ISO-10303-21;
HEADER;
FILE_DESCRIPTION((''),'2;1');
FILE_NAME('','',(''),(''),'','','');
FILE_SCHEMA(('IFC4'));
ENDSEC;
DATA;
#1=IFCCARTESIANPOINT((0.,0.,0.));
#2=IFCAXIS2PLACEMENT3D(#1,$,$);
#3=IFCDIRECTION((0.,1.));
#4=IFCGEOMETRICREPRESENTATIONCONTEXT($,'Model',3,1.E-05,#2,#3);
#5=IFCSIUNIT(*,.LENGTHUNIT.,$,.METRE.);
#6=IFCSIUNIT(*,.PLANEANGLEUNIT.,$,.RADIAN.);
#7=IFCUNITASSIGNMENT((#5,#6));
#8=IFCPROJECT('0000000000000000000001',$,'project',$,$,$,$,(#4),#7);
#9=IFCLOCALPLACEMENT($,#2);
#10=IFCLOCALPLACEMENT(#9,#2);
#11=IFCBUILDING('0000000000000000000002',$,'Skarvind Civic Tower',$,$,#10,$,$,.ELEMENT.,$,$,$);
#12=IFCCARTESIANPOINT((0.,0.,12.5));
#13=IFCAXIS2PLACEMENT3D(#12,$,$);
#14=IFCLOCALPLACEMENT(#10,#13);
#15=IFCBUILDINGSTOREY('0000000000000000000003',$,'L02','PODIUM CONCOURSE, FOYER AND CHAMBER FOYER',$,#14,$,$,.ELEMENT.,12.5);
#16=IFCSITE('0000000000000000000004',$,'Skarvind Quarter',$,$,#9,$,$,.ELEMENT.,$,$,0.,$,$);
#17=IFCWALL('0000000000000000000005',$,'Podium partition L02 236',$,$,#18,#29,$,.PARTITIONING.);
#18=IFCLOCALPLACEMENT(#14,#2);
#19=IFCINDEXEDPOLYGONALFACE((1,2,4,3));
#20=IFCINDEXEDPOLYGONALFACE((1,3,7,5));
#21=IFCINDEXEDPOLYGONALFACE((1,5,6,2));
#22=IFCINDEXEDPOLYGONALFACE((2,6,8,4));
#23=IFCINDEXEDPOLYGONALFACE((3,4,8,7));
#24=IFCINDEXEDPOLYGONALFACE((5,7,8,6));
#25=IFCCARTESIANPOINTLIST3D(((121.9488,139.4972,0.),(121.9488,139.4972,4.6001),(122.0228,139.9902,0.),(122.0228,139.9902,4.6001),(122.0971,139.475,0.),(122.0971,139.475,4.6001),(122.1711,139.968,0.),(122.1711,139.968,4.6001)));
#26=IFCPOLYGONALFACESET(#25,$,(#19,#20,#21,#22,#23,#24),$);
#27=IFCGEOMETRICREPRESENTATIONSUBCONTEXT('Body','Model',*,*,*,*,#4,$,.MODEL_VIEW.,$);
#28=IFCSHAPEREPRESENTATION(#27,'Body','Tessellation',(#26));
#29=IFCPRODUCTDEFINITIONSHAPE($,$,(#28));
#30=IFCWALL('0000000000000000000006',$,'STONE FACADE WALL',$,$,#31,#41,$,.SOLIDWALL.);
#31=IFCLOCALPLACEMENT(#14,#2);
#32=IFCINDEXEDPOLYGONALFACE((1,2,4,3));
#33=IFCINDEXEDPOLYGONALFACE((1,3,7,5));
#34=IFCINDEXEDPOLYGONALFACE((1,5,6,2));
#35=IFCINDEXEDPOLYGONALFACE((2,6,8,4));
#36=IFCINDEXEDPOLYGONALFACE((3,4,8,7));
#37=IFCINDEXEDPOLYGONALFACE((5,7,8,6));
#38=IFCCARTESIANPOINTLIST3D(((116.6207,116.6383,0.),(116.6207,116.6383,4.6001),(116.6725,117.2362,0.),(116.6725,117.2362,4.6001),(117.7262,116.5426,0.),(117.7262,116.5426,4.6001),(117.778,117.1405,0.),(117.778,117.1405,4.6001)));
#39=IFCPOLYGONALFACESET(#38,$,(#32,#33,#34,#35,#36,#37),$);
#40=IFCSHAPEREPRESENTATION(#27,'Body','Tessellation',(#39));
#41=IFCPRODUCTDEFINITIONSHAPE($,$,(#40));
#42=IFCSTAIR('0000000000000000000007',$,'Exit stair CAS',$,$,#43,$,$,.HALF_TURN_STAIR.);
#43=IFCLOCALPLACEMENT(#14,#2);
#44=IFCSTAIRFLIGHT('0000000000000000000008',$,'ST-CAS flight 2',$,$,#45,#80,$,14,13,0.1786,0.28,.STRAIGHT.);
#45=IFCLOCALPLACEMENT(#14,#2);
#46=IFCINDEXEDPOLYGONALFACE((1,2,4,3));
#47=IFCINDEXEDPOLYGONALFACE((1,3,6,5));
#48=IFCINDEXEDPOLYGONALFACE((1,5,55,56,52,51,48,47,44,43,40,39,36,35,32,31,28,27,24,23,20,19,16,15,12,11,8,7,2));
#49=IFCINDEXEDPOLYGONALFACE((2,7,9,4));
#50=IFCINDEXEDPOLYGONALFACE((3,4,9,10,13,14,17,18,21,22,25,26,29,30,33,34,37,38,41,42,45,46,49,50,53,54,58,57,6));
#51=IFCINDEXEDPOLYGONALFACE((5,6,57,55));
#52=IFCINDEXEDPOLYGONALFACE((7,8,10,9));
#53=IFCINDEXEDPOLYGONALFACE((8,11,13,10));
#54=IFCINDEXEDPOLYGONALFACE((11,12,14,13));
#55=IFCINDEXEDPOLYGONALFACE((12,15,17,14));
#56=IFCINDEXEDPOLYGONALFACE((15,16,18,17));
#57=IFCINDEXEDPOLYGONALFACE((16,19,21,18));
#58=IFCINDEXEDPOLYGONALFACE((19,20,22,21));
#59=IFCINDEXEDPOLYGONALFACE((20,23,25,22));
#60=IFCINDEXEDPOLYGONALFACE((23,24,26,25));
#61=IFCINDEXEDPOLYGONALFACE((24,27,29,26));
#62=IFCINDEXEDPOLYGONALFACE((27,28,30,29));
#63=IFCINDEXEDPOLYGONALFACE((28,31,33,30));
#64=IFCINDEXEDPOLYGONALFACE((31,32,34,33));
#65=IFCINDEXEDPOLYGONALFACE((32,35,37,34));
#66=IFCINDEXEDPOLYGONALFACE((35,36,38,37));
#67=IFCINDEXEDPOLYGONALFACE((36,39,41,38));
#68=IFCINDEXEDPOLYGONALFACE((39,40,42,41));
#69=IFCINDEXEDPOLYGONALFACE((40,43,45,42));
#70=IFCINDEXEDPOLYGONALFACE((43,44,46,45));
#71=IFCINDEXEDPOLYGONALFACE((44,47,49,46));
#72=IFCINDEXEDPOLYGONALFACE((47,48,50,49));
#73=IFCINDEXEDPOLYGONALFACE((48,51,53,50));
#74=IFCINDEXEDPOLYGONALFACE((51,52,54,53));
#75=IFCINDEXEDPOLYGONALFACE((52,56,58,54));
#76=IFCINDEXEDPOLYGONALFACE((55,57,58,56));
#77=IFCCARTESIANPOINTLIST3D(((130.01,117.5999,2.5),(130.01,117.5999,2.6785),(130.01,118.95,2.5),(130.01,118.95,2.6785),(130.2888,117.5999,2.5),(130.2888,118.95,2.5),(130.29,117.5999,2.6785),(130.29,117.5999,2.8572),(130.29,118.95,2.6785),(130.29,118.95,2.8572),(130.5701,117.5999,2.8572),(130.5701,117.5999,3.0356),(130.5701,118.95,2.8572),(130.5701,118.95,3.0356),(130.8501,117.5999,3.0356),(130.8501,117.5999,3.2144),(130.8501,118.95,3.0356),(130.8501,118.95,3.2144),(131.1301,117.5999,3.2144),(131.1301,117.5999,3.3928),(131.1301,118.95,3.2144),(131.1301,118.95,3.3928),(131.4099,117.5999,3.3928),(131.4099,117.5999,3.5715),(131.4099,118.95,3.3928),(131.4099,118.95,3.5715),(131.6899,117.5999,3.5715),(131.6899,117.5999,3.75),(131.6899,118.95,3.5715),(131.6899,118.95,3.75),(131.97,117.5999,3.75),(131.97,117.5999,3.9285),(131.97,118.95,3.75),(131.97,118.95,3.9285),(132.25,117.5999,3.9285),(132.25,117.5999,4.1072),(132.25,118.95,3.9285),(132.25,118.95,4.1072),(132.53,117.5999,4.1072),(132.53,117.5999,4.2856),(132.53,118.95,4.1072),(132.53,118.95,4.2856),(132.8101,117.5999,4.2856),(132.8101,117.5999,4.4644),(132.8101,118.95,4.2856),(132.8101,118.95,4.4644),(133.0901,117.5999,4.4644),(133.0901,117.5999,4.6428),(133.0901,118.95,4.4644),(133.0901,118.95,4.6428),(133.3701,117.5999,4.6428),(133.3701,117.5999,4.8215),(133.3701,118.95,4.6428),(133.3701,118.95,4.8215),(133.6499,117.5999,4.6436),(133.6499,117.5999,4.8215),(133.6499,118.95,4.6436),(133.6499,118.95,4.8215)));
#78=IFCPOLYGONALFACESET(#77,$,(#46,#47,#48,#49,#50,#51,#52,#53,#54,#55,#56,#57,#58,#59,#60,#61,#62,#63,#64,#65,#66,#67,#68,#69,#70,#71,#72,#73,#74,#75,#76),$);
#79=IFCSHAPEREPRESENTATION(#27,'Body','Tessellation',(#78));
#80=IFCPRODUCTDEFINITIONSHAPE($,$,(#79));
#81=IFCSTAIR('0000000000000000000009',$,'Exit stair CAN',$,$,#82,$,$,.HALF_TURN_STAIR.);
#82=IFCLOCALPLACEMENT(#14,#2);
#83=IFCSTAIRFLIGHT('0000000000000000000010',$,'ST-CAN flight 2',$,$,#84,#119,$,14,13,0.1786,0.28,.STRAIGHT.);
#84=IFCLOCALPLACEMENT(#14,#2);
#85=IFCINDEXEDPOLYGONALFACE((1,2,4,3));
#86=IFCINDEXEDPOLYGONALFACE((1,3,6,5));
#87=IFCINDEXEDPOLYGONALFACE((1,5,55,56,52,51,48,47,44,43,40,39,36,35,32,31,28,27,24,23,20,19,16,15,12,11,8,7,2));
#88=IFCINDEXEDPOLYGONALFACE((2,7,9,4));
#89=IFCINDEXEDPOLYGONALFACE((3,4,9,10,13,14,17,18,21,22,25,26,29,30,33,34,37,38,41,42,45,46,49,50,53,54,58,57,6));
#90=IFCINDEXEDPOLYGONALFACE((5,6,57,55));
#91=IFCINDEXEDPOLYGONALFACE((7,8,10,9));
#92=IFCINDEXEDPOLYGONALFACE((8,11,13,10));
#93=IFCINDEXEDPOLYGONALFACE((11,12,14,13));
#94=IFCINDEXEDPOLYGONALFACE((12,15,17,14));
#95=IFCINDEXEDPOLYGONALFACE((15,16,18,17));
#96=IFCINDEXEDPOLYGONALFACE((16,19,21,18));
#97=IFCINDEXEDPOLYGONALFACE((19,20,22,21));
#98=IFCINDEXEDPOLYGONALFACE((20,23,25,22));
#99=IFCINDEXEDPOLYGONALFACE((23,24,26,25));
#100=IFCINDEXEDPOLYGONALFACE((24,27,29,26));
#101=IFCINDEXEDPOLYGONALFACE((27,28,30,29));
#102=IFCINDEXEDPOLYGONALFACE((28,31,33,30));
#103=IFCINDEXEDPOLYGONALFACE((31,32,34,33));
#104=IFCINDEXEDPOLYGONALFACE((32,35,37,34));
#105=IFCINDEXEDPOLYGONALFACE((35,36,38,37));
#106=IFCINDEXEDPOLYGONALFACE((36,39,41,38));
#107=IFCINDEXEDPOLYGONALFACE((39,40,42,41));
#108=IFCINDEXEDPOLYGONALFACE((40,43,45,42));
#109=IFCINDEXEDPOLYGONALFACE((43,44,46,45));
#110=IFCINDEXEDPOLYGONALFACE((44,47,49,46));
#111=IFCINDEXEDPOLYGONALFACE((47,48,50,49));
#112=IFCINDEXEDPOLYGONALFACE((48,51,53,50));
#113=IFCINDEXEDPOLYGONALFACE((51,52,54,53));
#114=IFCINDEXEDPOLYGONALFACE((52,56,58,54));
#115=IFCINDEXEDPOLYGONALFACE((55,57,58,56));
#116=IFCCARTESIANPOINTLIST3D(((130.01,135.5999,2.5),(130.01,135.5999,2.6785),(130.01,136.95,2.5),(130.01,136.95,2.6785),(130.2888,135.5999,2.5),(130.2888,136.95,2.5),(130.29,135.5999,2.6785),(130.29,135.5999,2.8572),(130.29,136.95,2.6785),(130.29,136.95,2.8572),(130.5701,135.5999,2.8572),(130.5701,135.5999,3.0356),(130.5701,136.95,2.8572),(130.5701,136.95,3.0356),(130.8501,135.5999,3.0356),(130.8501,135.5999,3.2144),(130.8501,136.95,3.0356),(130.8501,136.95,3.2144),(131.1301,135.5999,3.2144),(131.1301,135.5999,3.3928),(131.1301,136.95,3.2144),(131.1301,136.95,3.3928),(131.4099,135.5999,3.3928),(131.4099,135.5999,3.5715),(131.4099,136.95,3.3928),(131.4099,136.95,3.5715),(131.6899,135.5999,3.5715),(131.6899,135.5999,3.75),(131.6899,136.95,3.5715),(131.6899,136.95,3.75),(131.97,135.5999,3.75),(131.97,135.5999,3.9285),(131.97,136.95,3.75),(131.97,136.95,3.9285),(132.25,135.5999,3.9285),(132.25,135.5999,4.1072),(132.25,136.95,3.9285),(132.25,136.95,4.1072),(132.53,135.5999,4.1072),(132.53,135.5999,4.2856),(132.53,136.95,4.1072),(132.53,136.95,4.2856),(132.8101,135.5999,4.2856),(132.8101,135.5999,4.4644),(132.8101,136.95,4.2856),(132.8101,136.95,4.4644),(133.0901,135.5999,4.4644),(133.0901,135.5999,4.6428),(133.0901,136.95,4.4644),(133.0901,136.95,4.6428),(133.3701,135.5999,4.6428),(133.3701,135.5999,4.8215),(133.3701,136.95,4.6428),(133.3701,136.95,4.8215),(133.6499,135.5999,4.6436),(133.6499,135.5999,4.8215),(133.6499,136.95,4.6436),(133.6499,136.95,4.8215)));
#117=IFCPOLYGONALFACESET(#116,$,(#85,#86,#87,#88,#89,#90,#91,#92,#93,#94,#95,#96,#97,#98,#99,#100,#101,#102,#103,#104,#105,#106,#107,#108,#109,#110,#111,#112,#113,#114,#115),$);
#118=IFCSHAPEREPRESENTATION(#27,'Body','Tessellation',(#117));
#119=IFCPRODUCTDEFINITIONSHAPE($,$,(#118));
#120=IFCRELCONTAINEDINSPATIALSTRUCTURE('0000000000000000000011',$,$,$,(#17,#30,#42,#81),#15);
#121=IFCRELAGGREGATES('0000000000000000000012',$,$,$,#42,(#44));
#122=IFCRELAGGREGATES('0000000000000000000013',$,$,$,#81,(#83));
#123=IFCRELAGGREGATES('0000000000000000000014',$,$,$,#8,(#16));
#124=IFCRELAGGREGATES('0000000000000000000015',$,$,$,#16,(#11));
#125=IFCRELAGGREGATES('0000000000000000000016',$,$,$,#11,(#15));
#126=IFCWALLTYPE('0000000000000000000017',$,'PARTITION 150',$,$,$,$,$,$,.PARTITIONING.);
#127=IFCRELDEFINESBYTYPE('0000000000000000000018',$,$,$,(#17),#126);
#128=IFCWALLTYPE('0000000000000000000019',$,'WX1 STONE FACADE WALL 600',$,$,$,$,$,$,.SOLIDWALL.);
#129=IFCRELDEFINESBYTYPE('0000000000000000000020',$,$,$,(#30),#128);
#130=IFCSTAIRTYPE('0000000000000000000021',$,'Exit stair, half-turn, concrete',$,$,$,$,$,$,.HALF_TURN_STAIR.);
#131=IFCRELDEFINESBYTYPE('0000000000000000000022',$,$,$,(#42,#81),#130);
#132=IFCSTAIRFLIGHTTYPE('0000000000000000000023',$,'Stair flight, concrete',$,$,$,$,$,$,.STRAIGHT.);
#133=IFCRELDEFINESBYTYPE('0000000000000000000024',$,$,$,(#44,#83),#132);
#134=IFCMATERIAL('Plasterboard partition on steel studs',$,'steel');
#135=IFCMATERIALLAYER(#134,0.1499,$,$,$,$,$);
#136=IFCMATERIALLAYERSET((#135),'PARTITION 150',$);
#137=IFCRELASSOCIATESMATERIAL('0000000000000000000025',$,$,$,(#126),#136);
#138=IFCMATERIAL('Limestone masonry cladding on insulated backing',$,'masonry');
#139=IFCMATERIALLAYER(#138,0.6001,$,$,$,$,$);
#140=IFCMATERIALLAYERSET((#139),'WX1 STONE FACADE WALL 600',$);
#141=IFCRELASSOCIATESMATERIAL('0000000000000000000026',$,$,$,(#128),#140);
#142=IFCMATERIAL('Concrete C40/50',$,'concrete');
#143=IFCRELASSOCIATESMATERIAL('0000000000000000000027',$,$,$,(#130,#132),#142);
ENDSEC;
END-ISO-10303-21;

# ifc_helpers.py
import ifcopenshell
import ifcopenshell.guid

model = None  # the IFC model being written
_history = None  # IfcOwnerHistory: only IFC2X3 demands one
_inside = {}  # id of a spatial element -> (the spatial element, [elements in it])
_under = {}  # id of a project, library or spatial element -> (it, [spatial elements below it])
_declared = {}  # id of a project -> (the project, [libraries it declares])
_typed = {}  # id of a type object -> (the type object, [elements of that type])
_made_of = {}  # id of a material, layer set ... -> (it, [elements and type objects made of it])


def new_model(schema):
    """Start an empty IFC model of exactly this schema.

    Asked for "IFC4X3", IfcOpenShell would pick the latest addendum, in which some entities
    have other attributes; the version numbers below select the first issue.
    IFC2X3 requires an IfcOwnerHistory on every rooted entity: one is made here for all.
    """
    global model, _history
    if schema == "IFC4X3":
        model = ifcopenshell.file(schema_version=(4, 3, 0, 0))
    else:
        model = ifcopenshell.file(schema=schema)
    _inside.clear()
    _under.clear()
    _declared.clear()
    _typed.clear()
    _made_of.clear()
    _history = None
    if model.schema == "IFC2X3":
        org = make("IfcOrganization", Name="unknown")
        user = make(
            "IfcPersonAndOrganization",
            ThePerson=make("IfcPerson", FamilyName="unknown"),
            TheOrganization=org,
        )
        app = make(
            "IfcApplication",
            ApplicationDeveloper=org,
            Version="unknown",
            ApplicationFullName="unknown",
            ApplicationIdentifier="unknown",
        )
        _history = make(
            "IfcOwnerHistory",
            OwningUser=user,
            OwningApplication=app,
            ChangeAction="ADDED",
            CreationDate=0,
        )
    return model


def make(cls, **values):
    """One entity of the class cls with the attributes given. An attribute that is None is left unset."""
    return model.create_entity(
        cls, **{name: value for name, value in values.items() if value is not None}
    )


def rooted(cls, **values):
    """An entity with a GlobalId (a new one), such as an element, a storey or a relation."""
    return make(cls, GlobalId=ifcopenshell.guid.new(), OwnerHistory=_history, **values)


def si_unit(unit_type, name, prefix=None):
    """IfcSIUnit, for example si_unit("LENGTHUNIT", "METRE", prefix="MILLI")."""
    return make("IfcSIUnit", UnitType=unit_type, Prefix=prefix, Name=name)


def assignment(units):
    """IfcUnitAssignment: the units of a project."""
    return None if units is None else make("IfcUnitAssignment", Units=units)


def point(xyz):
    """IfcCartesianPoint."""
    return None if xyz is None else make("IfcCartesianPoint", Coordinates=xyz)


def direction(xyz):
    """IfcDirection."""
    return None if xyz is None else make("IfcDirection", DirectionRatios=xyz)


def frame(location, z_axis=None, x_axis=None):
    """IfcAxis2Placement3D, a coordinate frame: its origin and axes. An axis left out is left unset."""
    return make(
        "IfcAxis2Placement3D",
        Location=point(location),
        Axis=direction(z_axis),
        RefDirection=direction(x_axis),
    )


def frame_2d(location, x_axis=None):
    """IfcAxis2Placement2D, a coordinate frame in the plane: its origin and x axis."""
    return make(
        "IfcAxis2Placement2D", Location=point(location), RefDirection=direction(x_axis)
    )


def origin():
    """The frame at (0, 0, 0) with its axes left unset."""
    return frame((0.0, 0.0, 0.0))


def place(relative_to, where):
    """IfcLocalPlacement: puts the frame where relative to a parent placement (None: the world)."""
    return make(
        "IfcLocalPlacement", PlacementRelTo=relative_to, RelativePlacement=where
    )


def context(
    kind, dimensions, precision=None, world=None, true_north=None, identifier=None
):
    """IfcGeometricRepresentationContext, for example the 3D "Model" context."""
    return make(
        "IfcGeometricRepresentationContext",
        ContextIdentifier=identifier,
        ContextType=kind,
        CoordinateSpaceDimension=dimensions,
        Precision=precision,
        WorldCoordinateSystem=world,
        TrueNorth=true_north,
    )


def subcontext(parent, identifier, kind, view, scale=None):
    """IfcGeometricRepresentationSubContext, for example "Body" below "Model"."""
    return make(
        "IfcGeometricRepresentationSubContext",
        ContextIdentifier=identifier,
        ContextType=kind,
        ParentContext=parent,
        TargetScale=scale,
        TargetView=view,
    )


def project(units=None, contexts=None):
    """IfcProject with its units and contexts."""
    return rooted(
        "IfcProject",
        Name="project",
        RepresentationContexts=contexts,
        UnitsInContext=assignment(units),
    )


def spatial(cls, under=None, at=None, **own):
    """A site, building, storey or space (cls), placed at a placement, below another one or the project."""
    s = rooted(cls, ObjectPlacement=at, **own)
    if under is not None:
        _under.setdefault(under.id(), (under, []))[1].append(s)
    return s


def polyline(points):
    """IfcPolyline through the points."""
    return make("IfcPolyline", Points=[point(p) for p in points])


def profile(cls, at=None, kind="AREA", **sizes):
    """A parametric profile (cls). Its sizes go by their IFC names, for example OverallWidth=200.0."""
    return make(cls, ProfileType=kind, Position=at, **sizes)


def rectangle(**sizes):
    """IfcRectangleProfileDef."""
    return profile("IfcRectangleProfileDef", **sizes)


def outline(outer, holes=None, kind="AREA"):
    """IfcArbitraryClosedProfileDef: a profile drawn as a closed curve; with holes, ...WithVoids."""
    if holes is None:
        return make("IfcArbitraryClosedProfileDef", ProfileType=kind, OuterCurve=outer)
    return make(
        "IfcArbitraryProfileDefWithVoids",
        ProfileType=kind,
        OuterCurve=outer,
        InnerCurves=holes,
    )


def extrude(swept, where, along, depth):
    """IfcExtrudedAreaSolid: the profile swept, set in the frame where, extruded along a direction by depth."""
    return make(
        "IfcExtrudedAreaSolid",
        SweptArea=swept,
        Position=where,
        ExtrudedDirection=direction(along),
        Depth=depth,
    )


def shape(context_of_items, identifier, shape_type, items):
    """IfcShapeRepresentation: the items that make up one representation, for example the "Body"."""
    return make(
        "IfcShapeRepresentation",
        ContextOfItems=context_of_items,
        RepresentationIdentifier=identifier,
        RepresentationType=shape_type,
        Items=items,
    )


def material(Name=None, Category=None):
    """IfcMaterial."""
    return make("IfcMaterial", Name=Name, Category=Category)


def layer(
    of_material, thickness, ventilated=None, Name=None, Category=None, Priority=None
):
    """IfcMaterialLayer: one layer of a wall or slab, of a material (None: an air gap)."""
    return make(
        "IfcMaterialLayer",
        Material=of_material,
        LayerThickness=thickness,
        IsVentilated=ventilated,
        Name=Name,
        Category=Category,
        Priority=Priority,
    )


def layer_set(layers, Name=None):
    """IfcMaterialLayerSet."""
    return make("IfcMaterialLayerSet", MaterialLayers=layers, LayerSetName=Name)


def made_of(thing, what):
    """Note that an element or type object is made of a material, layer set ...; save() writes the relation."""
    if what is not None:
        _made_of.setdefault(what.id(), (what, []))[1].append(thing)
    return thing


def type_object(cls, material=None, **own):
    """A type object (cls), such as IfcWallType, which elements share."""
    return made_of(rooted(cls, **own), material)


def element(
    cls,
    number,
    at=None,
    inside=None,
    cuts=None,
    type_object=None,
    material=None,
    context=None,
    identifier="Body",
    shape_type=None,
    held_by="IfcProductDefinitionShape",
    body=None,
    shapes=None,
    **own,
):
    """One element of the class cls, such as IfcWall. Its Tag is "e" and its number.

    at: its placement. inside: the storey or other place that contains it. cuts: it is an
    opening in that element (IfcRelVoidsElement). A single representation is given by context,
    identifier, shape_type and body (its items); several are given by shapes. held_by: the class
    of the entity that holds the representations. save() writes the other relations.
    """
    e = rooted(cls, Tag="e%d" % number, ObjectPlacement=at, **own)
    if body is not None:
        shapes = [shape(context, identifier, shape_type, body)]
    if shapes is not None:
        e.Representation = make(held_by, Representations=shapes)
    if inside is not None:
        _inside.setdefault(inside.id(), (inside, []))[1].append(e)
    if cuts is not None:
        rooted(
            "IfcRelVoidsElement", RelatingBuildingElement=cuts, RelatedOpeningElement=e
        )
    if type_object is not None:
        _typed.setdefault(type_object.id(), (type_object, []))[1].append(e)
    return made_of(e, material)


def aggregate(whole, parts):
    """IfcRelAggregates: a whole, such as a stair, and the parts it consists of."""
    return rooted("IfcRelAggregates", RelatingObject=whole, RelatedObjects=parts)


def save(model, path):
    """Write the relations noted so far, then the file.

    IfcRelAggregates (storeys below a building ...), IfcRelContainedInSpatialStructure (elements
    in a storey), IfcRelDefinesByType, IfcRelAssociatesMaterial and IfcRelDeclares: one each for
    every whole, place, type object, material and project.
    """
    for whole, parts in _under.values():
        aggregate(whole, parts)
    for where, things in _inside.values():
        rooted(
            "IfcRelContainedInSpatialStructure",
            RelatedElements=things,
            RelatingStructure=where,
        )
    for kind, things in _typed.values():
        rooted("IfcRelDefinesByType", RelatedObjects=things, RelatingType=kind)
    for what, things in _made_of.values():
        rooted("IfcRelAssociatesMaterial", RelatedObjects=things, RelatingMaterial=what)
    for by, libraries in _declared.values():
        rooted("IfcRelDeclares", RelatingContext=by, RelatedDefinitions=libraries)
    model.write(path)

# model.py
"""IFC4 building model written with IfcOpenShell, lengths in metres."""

from ifc_helpers import new_model, si_unit, direction, frame, frame_2d, origin, place, context, subcontext, project, spatial, polyline, rectangle, outline, extrude, material, layer, layer_set, type_object, element, aggregate, save


model = new_model("IFC4")

# Units and contexts
model_context = context("Model", 3, precision=1e-05, world=origin(), true_north=direction((0.0, 1.0)))
body_context = subcontext(model_context, "Body", "Model", "MODEL_VIEW")
ifc_project = project(units=[si_unit("LENGTHUNIT", "METRE"), si_unit("PLANEANGLEUNIT", "RADIAN")], contexts=[model_context])

# Site, building, storey
site_placement = place(None, origin())
site = spatial("IfcSite", under=ifc_project, at=site_placement, Name="Skarvind Quarter", CompositionType="ELEMENT", RefElevation=0.0)
building_placement = place(site_placement, origin())
building = spatial("IfcBuilding", under=site, at=building_placement, Name="Skarvind Civic Tower", CompositionType="ELEMENT")
storey_placement = place(building_placement, frame((0.0, 0.0, 12.5)))
storey = spatial("IfcBuildingStorey", under=building, at=storey_placement, Name="L02", Description="PODIUM CONCOURSE, FOYER AND CHAMBER FOYER", CompositionType="ELEMENT", Elevation=12.5)

# Walls
ifc_material_1 = material(Name="Plasterboard partition on steel studs", Category="steel")
ifc_layer_1 = layer(ifc_material_1, 0.1499)
ifc_layer_set_1 = layer_set([ifc_layer_1], Name="PARTITION 150")
wall_type_1 = type_object("IfcWallType", Name="PARTITION 150", PredefinedType="PARTITIONING", material=ifc_layer_set_1)
wall_1_placement = place(storey_placement, frame((122.0229, 139.4861, 0.0), z_axis=(0.0, 0.0, 1.0), x_axis=(0.148412, 0.988926, 0.0)))
element("IfcWall", 1, at=wall_1_placement, inside=storey, type_object=wall_type_1, Name="Podium partition L02 236", PredefinedType="PARTITIONING", context=body_context, shape_type="SweptSolid", body=[
    extrude(rectangle(XDim=0.4985, YDim=0.1499, at=frame_2d((0.2493, 0.0))), origin(), (0.0, 0.0, 1.0), 4.6001),
])
ifc_material_2 = material(Name="Limestone masonry cladding on insulated backing", Category="masonry")
ifc_layer_2 = layer(ifc_material_2, 0.6001)
ifc_layer_set_2 = layer_set([ifc_layer_2], Name="WX1 STONE FACADE WALL 600")
wall_type_2 = type_object("IfcWallType", Name="WX1 STONE FACADE WALL 600", PredefinedType="SOLIDWALL", material=ifc_layer_set_2)
wall_2_placement = place(storey_placement, frame((117.752, 116.8416, 0.0), z_axis=(0.0, 0.0, 1.0), x_axis=(-0.996274, 0.08625, 0.0)))
element("IfcWall", 2, at=wall_2_placement, inside=storey, type_object=wall_type_2, Name="STONE FACADE WALL", PredefinedType="SOLIDWALL", context=body_context, shape_type="SweptSolid", body=[
    extrude(rectangle(XDim=1.1096, YDim=0.6001, at=frame_2d((0.5547, 0.0))), origin(), (0.0, 0.0, 1.0), 4.6001),
])

# Stairs, stair flights
ifc_material_3 = material(Name="Concrete C40/50", Category="concrete")
stair_type = type_object("IfcStairType", Name="Exit stair, half-turn, concrete", PredefinedType="HALF_TURN_STAIR", material=ifc_material_3)
stair_1_placement = place(storey_placement, origin())
stair_1 = element("IfcStair", 3, at=stair_1_placement, inside=storey, type_object=stair_type, Name="Exit stair CAS", PredefinedType="HALF_TURN_STAIR")
stair_flight_type = type_object("IfcStairFlightType", Name="Stair flight, concrete", PredefinedType="STRAIGHT", material=ifc_material_3)
stair_flight_1_placement = place(storey_placement, frame((130.01, 118.2749, 2.5), z_axis=(0.0, 0.0, 1.0), x_axis=(1.0, 0.0, 0.0)))
stair_flight_1 = element("IfcStairFlight", 4, at=stair_flight_1_placement, type_object=stair_flight_type, Name="ST-CAS flight 2", NumberOfRisers=14, NumberOfTreads=13, PredefinedType="STRAIGHT", RiserHeight=0.1786, TreadLength=0.28, context=body_context, shape_type="SweptSolid", body=[
    extrude(outline(polyline([(0.0, 0.0), (0.0, 0.1785), (0.28, 0.1785), (0.28, 0.3572), (0.5601, 0.3572), (0.5601, 0.5356), (0.8401, 0.5356), (0.8401, 0.7144), (1.1201, 0.7144), (1.1201, 0.8928), (1.3999, 0.8928), (1.3999, 1.0715), (1.6799, 1.0715), (1.6799, 1.25), (1.96, 1.25), (1.96, 1.4285), (2.24, 1.4285), (2.24, 1.6072), (2.52, 1.6072), (2.52, 1.7856), (2.8, 1.7856), (2.8, 1.9644), (3.0801, 1.9644), (3.0801, 2.1428), (3.3601, 2.1428), (3.3601, 2.3215), (3.6399, 2.3215), (3.6399, 2.5), (3.6399, 2.1436), (0.2788, 0.0), (0.0, 0.0)])), frame((0.0, 0.675, 0.0), z_axis=(0.0, -1.0, 0.0), x_axis=(1.0, 0.0, 0.0)), (0.0, 0.0, 1.0), 1.3501),
])
aggregate(stair_1, [stair_flight_1])
stair_2_placement = place(storey_placement, origin())
stair_2 = element("IfcStair", 5, at=stair_2_placement, inside=storey, type_object=stair_type, Name="Exit stair CAN", PredefinedType="HALF_TURN_STAIR")
stair_flight_2_placement = place(storey_placement, frame((130.01, 136.2749, 2.5), z_axis=(0.0, 0.0, 1.0), x_axis=(1.0, 0.0, 0.0)))
stair_flight_2 = element("IfcStairFlight", 6, at=stair_flight_2_placement, type_object=stair_flight_type, Name="ST-CAN flight 2", NumberOfRisers=14, NumberOfTreads=13, PredefinedType="STRAIGHT", RiserHeight=0.1786, TreadLength=0.28, context=body_context, shape_type="SweptSolid", body=[
    extrude(outline(polyline([(0.0, 0.0), (0.0, 0.1785), (0.28, 0.1785), (0.28, 0.3572), (0.5601, 0.3572), (0.5601, 0.5356), (0.8401, 0.5356), (0.8401, 0.7144), (1.1201, 0.7144), (1.1201, 0.8928), (1.3999, 0.8928), (1.3999, 1.0715), (1.6799, 1.0715), (1.6799, 1.25), (1.96, 1.25), (1.96, 1.4285), (2.24, 1.4285), (2.24, 1.6072), (2.52, 1.6072), (2.52, 1.7856), (2.8, 1.7856), (2.8, 1.9644), (3.0801, 1.9644), (3.0801, 2.1428), (3.3601, 2.1428), (3.3601, 2.3215), (3.6399, 2.3215), (3.6399, 2.5), (3.6399, 2.1436), (0.2788, 0.0), (0.0, 0.0)])), frame((0.0, 0.675, 0.0), z_axis=(0.0, -1.0, 0.0), x_axis=(1.0, 0.0, 0.0)), (0.0, 0.0, 1.0), 1.3501),
])
aggregate(stair_2, [stair_flight_2])

save(model, "model.ifc")
